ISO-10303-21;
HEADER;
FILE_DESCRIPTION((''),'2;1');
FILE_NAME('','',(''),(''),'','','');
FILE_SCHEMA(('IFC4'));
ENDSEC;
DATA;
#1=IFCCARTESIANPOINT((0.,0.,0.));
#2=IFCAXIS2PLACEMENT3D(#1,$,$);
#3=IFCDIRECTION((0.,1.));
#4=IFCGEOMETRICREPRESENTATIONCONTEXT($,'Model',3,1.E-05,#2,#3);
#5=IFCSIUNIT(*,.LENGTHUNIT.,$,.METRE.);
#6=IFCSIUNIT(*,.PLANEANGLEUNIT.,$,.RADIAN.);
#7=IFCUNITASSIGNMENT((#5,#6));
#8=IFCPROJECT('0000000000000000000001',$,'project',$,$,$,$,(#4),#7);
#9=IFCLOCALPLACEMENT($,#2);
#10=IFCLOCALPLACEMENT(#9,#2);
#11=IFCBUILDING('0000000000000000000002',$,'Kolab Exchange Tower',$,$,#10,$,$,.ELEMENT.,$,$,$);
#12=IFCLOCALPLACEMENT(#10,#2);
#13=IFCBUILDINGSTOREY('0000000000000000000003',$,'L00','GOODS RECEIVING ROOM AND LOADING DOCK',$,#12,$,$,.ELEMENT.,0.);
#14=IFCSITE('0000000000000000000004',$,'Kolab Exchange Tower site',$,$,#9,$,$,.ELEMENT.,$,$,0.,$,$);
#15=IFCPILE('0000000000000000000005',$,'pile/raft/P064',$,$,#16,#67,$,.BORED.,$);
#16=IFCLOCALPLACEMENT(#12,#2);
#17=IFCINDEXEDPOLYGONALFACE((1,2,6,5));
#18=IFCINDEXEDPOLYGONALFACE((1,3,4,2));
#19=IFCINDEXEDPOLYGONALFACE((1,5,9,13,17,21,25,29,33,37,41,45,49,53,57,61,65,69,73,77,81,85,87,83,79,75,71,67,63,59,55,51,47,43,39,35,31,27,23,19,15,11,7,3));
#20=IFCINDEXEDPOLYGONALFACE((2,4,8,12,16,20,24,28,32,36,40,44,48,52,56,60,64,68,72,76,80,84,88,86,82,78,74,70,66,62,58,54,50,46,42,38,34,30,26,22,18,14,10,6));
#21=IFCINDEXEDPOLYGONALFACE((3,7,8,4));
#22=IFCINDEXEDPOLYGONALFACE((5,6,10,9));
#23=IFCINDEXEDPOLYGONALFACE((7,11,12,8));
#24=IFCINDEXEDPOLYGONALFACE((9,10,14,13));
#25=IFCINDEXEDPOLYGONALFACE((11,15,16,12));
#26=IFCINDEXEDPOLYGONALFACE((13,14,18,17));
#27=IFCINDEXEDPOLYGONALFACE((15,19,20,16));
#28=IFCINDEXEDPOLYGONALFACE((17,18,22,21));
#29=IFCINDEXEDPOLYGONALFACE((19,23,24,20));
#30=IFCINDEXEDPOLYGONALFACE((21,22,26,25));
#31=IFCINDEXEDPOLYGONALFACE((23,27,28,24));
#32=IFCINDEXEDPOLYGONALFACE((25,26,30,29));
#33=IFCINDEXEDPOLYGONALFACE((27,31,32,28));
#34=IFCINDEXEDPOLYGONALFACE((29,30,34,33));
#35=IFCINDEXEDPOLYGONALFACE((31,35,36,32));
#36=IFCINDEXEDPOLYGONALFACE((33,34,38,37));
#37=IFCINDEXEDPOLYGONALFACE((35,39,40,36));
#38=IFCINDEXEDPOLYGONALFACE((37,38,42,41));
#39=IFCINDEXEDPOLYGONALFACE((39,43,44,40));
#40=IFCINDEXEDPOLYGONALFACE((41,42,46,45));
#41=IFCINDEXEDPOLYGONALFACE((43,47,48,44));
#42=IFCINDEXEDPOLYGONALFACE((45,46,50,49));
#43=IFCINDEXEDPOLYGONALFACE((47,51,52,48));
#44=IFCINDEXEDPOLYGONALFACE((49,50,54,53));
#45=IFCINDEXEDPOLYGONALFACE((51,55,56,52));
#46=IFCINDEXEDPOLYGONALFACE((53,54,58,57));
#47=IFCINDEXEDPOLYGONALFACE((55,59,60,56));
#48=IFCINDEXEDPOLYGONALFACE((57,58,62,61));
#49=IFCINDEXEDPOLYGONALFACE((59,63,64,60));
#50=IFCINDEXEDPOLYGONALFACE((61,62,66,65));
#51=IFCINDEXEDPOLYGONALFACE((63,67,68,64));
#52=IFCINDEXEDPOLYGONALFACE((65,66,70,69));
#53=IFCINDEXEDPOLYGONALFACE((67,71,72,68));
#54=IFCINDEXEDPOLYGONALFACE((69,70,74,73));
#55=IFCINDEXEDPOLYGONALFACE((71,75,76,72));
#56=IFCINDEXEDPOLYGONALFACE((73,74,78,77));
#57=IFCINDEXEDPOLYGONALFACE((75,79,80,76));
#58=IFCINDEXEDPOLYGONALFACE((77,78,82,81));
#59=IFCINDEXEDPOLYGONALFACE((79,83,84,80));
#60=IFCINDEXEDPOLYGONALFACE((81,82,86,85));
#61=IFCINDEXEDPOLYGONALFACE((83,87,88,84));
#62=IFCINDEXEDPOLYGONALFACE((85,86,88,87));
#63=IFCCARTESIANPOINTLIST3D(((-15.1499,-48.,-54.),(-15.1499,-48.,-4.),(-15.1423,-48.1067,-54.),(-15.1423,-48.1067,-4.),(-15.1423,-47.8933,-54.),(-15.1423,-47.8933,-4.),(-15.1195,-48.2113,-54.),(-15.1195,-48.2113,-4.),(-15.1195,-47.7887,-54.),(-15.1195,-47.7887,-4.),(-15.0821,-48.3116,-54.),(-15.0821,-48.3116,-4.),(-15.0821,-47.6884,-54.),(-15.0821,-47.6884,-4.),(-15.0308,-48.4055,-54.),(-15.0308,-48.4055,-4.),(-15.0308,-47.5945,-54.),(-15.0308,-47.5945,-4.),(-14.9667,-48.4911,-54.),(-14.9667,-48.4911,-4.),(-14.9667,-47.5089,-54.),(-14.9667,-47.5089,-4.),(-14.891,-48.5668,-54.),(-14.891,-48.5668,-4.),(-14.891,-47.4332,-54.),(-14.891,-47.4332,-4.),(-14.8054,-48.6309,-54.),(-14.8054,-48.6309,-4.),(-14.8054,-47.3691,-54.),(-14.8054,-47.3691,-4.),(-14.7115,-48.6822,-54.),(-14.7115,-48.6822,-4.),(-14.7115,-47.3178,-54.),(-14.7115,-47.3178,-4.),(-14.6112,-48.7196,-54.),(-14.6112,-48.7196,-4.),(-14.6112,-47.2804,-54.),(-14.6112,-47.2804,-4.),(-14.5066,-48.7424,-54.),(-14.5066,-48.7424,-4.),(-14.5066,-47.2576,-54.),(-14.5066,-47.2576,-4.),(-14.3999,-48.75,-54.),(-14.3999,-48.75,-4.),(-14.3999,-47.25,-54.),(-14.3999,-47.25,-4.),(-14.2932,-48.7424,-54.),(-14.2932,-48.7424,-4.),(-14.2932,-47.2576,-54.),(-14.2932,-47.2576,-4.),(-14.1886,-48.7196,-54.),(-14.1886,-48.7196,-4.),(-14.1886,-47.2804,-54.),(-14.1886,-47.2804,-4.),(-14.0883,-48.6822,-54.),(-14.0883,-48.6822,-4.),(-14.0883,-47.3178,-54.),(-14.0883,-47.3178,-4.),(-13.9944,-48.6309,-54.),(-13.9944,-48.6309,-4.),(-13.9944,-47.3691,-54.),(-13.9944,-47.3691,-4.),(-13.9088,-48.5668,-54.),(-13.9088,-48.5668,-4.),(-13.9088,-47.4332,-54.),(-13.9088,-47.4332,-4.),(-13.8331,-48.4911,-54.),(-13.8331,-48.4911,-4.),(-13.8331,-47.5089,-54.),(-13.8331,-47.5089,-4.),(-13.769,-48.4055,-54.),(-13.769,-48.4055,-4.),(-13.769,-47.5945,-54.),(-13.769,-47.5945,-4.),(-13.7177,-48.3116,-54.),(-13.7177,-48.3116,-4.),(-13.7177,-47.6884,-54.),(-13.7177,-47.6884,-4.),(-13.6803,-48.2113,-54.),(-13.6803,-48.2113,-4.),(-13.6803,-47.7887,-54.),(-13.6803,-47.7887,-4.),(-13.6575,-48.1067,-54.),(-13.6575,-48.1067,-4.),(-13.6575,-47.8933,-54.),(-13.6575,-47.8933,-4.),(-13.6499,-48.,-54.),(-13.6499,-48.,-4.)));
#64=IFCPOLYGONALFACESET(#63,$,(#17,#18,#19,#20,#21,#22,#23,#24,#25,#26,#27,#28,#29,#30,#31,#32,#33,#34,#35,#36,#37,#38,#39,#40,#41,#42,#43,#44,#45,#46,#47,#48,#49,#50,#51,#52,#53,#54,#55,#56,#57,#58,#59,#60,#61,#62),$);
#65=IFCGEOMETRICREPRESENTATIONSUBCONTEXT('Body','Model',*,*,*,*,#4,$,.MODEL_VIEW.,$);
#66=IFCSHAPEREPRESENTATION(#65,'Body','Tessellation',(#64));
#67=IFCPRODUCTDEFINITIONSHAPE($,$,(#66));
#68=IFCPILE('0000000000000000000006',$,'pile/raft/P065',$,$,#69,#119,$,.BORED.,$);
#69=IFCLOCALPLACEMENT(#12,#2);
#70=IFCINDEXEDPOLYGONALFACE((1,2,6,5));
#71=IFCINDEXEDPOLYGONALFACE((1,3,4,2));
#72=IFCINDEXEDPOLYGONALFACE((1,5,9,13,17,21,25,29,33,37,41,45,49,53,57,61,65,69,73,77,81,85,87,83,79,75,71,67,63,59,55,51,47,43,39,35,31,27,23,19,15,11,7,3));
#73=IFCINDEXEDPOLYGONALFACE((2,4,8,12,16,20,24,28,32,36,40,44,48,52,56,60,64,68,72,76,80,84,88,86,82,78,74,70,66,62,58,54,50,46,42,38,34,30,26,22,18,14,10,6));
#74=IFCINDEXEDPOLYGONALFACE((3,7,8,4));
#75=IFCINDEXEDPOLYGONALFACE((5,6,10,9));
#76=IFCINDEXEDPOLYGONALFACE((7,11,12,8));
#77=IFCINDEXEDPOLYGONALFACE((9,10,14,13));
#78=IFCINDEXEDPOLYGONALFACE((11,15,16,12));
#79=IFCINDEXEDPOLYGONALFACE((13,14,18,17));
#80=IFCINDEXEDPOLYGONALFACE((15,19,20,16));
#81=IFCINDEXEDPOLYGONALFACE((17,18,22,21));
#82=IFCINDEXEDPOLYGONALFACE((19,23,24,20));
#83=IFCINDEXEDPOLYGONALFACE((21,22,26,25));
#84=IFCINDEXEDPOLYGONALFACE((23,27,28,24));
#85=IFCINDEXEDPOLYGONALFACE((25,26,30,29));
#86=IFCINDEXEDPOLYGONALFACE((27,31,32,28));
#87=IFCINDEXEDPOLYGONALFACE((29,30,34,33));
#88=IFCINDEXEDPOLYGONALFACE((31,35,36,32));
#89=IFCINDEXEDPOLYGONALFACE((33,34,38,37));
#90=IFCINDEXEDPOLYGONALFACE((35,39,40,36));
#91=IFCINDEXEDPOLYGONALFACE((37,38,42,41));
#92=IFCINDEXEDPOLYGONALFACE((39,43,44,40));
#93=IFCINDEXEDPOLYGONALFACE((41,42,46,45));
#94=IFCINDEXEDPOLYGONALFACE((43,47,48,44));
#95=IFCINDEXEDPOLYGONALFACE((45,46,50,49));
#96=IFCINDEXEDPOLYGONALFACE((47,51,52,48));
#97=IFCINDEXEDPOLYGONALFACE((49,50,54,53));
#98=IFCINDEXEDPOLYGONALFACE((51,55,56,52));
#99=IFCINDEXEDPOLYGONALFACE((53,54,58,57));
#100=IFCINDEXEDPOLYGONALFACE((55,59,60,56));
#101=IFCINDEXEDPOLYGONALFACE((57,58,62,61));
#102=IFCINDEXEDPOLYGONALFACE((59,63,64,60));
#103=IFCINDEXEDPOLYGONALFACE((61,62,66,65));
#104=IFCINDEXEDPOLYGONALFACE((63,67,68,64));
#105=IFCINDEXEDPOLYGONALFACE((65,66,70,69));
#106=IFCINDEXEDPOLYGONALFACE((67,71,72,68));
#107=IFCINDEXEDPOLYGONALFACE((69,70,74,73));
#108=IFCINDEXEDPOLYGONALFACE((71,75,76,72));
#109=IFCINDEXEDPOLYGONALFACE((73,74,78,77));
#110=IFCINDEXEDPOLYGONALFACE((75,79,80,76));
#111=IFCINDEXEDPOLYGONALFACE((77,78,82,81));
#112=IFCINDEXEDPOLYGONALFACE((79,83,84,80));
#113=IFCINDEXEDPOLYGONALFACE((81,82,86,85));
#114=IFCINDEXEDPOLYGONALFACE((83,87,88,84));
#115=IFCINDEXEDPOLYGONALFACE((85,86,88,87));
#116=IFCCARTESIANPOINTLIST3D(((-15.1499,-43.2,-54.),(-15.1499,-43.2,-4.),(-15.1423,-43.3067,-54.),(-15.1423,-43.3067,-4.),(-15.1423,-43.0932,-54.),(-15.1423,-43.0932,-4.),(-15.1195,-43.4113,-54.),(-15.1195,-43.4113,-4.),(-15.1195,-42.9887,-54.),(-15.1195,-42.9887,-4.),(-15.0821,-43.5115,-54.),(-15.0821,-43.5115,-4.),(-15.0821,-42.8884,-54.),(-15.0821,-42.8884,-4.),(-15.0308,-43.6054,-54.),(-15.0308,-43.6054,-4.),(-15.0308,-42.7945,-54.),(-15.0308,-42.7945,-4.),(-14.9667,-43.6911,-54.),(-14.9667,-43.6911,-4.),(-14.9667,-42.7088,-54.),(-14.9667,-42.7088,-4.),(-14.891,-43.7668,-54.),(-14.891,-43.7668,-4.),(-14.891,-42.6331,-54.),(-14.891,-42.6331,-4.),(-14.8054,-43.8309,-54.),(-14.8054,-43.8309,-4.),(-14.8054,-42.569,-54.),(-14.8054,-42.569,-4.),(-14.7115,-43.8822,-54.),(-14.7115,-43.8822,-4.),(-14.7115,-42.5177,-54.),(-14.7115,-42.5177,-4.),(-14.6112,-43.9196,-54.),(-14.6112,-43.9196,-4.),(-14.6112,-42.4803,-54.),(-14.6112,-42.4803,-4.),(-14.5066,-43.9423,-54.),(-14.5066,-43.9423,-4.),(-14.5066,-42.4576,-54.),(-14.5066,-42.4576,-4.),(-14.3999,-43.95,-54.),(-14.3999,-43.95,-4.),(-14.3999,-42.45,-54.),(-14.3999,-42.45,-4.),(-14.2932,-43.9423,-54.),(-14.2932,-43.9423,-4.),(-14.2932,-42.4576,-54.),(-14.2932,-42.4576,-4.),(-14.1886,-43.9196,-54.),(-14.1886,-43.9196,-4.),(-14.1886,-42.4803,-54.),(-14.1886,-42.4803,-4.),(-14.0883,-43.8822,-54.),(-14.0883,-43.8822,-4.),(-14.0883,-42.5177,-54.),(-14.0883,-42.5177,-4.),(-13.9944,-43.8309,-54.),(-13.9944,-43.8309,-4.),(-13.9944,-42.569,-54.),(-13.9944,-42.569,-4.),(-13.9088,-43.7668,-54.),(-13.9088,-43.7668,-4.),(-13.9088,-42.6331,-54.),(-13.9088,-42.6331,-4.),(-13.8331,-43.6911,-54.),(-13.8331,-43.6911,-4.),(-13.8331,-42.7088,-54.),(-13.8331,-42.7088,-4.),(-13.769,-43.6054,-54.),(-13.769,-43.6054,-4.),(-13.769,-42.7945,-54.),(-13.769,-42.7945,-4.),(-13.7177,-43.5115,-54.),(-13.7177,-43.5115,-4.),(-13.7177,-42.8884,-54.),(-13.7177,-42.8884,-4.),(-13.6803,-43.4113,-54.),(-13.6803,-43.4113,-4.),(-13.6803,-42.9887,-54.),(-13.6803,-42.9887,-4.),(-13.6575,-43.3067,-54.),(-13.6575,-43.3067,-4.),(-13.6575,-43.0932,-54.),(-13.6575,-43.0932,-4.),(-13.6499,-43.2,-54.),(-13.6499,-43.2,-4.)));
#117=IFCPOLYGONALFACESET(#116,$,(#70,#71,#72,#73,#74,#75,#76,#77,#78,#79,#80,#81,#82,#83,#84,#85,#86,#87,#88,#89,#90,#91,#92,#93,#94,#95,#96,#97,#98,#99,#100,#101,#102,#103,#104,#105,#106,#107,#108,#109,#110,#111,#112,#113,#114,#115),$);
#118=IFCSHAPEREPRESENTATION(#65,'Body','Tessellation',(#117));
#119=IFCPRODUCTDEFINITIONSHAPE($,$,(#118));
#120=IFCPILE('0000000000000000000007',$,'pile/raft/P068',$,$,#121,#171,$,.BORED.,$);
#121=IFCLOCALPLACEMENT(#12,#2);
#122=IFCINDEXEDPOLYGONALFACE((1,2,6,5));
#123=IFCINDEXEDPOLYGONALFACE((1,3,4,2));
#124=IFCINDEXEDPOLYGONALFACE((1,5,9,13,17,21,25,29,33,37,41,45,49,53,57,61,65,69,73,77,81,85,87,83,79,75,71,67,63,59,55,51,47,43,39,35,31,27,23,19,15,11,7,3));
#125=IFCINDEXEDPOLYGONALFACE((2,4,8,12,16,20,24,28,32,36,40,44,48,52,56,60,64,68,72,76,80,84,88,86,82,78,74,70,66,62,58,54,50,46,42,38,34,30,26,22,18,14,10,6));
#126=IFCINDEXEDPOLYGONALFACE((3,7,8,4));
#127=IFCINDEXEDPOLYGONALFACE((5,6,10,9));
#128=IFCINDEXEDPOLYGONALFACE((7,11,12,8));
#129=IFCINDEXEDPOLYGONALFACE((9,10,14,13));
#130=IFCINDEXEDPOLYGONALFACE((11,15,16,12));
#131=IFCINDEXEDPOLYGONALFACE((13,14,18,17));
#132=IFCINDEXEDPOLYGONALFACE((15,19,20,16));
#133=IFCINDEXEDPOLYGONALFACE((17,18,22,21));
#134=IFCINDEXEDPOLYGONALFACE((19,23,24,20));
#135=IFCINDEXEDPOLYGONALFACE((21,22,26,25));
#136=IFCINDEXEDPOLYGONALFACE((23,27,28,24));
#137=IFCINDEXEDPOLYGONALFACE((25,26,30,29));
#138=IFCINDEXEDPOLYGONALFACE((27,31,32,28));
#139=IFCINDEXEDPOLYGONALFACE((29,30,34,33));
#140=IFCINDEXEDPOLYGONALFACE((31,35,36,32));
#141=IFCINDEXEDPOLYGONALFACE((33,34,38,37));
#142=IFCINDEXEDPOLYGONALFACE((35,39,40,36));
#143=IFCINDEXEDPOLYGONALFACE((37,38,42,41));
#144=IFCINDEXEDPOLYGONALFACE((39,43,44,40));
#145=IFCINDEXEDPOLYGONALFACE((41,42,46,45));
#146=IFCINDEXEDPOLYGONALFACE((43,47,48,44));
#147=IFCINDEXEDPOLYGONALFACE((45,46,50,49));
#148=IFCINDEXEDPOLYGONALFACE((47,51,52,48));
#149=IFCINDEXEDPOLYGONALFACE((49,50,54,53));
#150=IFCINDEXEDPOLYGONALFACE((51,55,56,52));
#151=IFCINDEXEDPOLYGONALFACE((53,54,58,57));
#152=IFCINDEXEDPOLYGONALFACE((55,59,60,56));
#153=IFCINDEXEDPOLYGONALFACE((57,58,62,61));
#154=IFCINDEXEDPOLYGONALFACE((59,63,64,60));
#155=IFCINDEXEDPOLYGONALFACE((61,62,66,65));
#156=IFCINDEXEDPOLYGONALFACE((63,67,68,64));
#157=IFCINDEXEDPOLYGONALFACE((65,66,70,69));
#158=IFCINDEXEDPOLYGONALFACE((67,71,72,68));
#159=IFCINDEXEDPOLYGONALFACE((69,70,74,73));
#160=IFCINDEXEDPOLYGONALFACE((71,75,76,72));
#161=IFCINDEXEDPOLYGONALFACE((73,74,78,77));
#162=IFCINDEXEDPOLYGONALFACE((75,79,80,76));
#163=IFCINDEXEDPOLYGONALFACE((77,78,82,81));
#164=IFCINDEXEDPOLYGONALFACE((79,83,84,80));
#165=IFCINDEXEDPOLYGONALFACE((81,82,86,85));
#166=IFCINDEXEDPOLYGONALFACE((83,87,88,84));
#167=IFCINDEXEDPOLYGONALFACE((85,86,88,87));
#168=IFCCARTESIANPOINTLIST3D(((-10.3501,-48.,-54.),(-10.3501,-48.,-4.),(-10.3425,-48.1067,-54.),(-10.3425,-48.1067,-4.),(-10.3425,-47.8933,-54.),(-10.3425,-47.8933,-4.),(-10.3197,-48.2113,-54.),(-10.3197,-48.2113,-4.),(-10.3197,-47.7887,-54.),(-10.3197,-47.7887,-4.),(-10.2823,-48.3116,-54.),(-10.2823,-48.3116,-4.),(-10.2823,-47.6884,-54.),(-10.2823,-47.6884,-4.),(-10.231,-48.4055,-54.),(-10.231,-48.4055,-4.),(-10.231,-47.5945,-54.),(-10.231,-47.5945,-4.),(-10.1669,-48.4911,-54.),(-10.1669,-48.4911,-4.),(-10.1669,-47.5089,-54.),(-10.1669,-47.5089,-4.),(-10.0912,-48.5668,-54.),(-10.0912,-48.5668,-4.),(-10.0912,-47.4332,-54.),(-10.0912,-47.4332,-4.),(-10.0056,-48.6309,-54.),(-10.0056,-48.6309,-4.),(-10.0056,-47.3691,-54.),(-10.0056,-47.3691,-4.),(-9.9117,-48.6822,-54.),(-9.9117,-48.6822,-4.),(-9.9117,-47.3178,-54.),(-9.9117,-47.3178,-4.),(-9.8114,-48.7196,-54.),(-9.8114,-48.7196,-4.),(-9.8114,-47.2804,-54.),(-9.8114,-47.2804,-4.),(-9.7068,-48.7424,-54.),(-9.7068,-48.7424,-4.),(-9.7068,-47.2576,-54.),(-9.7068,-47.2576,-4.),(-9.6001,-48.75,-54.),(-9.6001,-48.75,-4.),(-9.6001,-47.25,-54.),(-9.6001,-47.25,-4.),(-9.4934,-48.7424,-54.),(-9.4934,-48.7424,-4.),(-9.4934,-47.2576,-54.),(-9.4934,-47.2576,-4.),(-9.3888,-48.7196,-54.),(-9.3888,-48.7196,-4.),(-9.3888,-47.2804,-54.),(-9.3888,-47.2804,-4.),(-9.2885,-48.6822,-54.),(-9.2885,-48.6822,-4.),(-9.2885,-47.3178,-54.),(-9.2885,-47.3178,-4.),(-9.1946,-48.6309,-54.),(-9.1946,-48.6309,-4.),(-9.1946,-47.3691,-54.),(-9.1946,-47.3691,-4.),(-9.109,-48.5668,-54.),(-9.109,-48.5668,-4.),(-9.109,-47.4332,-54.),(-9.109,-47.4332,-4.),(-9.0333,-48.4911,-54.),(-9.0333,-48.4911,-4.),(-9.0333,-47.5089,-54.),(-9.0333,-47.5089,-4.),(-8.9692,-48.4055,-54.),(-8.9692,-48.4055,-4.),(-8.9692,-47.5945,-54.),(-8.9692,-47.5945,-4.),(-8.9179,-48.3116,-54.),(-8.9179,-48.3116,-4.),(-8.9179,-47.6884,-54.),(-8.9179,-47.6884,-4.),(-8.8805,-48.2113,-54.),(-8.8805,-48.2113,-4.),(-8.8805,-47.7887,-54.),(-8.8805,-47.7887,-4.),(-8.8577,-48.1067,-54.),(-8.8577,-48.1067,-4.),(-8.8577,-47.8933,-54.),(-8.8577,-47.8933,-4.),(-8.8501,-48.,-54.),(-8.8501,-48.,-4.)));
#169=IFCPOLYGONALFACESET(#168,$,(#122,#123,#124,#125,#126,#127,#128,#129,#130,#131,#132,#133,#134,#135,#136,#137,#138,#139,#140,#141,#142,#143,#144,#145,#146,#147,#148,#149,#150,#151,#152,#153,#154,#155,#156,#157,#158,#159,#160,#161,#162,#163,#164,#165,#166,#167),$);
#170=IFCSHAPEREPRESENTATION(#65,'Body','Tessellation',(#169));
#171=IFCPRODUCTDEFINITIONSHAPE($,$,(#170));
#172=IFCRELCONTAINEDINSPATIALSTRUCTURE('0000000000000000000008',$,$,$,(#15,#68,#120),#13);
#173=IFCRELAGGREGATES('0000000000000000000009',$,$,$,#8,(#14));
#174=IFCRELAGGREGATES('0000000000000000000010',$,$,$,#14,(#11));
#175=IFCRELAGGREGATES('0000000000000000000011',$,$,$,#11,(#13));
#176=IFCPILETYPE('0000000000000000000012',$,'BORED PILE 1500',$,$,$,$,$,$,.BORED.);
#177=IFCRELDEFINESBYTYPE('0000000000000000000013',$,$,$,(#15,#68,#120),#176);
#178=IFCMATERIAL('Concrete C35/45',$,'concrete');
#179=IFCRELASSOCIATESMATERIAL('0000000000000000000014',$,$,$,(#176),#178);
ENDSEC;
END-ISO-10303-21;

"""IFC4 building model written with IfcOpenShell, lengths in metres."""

from ifc_helpers import new_model, si_unit, direction, frame, origin, origin_2d, place, context, subcontext, project, spatial, circle, extrude, material, material_profile, profile_set, type_object, element, save


model = new_model("IFC4")

# Units and contexts
model_context = context("Model", 3, precision=1e-05, world=origin(), true_north=direction((0.0, 1.0)))
body_context = subcontext(model_context, "Body", "Model", "MODEL_VIEW")
ifc_project = project(units=[si_unit("LENGTHUNIT", "METRE"), si_unit("PLANEANGLEUNIT", "RADIAN")], contexts=[model_context])

# Site, building, storey
site_placement = place(None, origin())
site = spatial("IfcSite", under=ifc_project, at=site_placement, Name="Kolab Exchange Tower site", CompositionType="ELEMENT", RefElevation=0.0)
building_placement = place(site_placement, origin())
building = spatial("IfcBuilding", under=site, at=building_placement, Name="Kolab Exchange Tower", CompositionType="ELEMENT")
storey_placement = place(building_placement, origin())
storey = spatial("IfcBuildingStorey", under=building, at=storey_placement, Name="L00", Description="GOODS RECEIVING ROOM AND LOADING DOCK", CompositionType="ELEMENT", Elevation=0.0)

# Piles
ifc_material_1 = material(Name="Concrete C35/45", Category="concrete")
ifc_material_profile_1 = material_profile(ifc_material_1, circle(Radius=0.75, at=origin_2d()), Name="BP1500")
ifc_profile_set_1 = profile_set([ifc_material_profile_1], Name="Concrete C35/45")
pile_type_1 = type_object("IfcPileType", Name="BORED PILE 1500", PredefinedType="BORED", material=ifc_profile_set_1)
for number, where, z_axis, x_axis, name in (
    (1, (-14.3999, -48.0, -4.0), (0.0, 0.0, -1.0), (1.0, 0.0, 0.0), "pile/raft/P064"),
    (2, (-14.3999, -43.2, -4.0), (0.0, 0.0, -1.0), (1.0, 0.0, 0.0), "pile/raft/P065"),
    (3, (-9.6001, -48.0, -4.0), (0.0, 0.0, -1.0), (1.0, 0.0, 0.0), "pile/raft/P068"),
):
    element("IfcPile", number, at=place(storey_placement, frame(where, z_axis=z_axis, x_axis=x_axis)), inside=storey, type_object=pile_type_1, Name=name, PredefinedType="BORED", context=body_context, shape_type="SweptSolid", body=[
        extrude(circle(Radius=0.75, at=origin_2d()), origin(), (0.0, 0.0, 1.0), 50.0),
    ])

save(model, "model.ifc")
